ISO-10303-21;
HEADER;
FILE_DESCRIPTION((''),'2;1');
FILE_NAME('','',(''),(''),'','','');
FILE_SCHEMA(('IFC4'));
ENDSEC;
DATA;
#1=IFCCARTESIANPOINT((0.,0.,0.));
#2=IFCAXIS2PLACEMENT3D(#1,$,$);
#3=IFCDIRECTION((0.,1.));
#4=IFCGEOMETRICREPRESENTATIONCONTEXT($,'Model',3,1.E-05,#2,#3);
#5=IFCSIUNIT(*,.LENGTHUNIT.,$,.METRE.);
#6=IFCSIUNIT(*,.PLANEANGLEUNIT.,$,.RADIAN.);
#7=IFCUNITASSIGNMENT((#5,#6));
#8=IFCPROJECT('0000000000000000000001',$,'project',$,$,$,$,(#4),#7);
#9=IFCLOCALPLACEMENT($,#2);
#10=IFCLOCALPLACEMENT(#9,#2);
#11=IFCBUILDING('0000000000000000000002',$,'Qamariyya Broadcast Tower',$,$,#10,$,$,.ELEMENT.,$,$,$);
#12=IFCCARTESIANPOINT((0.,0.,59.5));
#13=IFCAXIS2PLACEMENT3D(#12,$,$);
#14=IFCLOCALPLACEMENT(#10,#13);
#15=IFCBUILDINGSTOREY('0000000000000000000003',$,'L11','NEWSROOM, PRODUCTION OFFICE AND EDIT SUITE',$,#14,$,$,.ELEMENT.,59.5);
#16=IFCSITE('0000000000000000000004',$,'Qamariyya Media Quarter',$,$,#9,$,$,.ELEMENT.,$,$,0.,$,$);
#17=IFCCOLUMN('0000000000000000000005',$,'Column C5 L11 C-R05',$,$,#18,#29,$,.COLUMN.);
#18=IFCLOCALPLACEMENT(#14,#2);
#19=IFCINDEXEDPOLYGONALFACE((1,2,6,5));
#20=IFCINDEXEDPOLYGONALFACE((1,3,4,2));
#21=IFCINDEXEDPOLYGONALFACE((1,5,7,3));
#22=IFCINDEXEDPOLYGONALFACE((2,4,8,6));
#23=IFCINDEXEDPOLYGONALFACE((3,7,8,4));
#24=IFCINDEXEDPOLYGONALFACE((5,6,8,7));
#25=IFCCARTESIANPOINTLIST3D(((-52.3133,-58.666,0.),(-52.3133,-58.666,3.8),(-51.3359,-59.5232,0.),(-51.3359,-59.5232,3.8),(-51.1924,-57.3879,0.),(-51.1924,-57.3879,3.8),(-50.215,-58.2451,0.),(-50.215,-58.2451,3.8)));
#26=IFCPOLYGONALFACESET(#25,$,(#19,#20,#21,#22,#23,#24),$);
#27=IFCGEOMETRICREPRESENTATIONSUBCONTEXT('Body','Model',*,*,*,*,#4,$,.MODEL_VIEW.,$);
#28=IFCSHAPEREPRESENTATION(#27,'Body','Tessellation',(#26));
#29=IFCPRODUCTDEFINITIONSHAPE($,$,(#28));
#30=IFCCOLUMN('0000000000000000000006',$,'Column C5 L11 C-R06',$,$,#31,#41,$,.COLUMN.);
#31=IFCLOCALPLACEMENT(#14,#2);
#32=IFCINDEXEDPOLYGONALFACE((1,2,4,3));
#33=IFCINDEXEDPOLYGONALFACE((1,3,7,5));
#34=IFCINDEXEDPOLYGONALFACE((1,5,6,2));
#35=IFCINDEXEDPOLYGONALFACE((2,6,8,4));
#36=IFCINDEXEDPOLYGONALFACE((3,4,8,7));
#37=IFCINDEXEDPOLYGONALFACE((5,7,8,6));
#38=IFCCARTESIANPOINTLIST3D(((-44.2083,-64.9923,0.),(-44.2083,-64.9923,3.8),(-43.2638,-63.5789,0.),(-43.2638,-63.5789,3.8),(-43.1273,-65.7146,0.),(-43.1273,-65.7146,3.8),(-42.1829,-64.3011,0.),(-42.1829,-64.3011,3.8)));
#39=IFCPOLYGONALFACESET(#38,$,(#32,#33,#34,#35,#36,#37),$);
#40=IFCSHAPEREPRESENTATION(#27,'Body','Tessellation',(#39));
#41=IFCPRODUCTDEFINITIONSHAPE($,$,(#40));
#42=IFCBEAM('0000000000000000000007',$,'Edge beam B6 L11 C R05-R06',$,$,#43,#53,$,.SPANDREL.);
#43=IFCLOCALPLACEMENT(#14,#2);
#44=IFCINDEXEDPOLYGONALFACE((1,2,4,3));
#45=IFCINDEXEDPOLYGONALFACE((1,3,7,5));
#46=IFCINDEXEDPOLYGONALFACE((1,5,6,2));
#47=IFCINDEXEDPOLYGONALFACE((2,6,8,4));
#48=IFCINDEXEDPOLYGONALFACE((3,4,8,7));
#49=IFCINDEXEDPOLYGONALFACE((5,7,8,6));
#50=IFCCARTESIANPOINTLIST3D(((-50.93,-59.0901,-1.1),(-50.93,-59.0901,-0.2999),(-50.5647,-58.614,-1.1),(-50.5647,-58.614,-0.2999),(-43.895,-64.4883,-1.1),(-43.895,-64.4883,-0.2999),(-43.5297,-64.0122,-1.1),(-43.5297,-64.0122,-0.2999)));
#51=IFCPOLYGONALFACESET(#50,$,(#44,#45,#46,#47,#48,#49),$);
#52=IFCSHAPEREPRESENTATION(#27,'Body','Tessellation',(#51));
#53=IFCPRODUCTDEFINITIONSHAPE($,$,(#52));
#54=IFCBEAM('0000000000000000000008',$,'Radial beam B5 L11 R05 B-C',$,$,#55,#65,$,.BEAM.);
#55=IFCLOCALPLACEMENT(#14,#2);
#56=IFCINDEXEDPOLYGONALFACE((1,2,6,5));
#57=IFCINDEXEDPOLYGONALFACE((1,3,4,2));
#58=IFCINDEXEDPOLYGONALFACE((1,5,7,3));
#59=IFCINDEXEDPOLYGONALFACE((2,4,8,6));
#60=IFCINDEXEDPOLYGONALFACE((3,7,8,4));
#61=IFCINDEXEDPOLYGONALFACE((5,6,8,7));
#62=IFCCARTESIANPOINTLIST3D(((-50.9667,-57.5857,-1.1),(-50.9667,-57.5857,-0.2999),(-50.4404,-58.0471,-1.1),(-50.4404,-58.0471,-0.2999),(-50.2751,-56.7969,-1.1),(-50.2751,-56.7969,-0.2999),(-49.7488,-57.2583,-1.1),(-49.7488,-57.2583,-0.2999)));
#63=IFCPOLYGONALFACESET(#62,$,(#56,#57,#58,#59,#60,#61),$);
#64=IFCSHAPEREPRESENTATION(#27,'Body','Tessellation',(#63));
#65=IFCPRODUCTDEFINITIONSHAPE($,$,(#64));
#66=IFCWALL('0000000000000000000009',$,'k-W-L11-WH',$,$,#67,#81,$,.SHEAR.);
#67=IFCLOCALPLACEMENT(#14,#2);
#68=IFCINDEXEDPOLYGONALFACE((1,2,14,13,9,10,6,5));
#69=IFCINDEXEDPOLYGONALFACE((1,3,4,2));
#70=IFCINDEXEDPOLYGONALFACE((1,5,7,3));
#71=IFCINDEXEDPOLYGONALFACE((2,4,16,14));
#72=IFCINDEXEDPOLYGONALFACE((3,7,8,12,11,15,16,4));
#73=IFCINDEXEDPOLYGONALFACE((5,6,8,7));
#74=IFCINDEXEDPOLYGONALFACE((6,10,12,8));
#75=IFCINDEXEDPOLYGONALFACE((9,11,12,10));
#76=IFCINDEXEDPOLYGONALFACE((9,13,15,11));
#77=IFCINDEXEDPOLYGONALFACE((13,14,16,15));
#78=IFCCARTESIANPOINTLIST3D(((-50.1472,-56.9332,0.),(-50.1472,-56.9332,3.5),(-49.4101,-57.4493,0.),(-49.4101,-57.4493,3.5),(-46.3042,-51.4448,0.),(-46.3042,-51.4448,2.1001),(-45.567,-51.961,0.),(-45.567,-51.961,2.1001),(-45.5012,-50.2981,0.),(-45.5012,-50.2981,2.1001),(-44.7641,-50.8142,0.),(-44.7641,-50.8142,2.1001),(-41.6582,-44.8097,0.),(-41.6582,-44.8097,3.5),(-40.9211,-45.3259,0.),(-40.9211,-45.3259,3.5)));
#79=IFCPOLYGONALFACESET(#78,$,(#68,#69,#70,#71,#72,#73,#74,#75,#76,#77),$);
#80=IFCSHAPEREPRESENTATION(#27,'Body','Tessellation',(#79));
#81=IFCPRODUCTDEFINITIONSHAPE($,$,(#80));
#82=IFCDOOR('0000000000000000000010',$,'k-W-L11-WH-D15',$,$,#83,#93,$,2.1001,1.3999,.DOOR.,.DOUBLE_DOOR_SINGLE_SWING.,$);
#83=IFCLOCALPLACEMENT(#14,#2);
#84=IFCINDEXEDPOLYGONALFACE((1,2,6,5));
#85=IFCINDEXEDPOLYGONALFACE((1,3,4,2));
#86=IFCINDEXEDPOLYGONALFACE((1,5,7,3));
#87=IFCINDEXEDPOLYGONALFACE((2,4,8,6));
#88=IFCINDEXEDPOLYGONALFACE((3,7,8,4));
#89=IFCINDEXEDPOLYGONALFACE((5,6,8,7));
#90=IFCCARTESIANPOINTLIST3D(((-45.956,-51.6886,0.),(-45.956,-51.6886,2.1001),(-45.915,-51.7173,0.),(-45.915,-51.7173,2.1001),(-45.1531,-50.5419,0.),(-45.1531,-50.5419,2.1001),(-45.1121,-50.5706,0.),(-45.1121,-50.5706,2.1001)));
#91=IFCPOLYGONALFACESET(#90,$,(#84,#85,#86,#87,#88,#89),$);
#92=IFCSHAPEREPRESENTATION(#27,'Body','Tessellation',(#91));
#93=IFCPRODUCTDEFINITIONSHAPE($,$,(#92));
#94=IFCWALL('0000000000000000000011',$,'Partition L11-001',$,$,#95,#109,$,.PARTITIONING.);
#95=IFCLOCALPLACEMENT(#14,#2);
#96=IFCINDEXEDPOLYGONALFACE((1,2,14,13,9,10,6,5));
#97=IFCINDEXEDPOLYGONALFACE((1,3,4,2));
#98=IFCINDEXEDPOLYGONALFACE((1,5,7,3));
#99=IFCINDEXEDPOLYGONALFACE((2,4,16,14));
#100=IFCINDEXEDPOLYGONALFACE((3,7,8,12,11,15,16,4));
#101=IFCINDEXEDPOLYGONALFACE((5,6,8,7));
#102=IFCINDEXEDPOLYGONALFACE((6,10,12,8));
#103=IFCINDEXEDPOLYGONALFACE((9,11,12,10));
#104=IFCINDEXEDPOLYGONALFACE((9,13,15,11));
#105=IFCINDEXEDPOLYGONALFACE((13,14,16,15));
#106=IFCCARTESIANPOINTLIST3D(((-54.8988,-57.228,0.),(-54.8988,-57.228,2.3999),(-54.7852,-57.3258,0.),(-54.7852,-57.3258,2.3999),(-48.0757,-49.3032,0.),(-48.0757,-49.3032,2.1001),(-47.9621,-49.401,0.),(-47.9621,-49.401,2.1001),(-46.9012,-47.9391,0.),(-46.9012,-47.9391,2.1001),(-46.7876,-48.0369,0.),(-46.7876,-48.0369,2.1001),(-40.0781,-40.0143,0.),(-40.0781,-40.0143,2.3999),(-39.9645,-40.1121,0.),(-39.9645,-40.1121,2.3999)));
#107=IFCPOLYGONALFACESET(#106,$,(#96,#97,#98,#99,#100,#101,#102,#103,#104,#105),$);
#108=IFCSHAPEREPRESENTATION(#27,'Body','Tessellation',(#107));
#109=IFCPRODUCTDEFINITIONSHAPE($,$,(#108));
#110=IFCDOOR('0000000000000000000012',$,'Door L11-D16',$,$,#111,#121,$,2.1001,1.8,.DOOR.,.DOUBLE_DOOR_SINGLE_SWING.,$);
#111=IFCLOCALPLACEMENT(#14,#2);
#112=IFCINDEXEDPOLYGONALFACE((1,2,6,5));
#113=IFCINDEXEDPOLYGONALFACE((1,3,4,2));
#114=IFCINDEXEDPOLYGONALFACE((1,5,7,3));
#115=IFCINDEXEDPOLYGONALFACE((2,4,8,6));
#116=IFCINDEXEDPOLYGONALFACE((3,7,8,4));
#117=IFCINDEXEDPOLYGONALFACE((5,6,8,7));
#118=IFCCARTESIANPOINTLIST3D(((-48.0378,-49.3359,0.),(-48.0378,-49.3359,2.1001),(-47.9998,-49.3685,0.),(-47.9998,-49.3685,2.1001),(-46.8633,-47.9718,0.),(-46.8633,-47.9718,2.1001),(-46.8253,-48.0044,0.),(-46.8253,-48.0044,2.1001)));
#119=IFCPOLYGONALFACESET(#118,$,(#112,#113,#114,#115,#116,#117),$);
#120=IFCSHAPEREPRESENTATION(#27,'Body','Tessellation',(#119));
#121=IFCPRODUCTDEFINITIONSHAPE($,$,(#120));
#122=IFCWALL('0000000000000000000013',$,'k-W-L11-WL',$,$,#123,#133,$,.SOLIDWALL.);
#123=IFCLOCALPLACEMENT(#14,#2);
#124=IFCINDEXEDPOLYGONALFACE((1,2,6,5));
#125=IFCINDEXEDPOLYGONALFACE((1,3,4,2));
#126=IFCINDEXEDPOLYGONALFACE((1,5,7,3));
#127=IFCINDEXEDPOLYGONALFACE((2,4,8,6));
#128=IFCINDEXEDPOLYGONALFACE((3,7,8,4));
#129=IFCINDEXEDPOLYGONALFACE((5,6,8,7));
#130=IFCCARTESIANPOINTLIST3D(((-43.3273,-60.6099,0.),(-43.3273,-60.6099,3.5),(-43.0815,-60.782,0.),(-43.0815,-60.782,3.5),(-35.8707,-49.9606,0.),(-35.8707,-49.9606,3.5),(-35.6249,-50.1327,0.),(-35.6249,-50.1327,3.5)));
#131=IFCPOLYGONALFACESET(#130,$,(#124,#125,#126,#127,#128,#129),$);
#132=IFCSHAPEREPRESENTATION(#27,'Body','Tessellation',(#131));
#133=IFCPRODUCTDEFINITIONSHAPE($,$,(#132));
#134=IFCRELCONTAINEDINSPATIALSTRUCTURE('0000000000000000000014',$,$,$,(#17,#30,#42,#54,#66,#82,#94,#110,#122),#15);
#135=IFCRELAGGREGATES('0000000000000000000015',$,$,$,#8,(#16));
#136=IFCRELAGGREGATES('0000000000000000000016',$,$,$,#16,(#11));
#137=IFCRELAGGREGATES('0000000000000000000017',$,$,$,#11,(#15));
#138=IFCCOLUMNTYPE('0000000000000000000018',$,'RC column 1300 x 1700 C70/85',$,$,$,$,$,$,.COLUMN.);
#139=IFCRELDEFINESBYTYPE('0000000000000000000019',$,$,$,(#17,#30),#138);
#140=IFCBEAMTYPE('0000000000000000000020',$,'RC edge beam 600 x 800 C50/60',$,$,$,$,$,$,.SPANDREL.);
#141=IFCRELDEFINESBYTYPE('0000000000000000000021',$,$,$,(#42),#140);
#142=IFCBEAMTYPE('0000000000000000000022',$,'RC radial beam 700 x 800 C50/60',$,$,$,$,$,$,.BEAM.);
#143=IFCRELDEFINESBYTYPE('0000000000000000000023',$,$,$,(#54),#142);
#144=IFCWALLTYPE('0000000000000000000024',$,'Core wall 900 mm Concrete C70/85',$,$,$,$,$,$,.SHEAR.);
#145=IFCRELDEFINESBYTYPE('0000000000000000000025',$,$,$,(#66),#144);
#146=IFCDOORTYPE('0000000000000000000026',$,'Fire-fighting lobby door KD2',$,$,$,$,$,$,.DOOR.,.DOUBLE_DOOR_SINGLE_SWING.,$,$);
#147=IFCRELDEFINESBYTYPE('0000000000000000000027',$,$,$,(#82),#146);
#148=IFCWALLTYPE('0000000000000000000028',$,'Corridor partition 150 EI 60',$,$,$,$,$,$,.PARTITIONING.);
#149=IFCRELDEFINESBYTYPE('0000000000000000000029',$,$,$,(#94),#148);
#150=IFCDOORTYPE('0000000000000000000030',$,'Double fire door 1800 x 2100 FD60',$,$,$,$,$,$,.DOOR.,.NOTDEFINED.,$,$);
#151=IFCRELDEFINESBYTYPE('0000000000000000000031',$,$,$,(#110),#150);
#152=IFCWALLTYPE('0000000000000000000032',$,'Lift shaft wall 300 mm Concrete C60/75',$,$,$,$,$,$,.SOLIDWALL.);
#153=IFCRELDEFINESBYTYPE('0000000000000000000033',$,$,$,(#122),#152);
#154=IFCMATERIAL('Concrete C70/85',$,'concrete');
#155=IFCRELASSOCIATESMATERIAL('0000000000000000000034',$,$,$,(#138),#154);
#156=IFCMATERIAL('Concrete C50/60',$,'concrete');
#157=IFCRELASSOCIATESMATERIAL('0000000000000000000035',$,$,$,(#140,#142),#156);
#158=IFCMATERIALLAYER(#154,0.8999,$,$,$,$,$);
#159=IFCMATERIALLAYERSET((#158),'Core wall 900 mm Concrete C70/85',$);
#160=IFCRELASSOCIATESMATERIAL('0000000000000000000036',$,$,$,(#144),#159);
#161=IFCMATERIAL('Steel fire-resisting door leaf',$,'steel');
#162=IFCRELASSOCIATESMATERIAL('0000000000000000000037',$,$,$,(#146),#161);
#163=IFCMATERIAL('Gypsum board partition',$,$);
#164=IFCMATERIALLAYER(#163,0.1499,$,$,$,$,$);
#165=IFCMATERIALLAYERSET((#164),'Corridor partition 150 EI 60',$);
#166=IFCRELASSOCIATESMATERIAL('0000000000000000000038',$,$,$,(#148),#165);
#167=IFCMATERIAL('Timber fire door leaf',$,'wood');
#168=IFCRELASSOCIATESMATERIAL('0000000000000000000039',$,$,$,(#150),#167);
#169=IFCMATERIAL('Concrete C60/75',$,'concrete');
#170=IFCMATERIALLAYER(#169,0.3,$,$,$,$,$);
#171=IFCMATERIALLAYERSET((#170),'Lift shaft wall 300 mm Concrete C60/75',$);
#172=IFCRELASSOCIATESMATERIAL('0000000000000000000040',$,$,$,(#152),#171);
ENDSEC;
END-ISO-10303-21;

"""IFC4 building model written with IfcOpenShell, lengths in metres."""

from ifc_helpers import new_model, si_unit, direction, frame, frame_2d, origin, origin_2d, place, context, subcontext, project, spatial, rectangle, extrude, material, layer, layer_set, material_profile, profile_set, type_object, element, fill, save


model = new_model("IFC4")

# Units and contexts
model_context = context("Model", 3, precision=1e-05, world=origin(), true_north=direction((0.0, 1.0)))
body_context = subcontext(model_context, "Body", "Model", "MODEL_VIEW")
ifc_project = project(units=[si_unit("LENGTHUNIT", "METRE"), si_unit("PLANEANGLEUNIT", "RADIAN")], contexts=[model_context])

# Site, building, storey
site_placement = place(None, origin())
site = spatial("IfcSite", under=ifc_project, at=site_placement, Name="Qamariyya Media Quarter", CompositionType="ELEMENT", RefElevation=0.0)
building_placement = place(site_placement, origin())
building = spatial("IfcBuilding", under=site, at=building_placement, Name="Qamariyya Broadcast Tower", CompositionType="ELEMENT")
storey_placement = place(building_placement, frame((0.0, 0.0, 59.5)))
storey = spatial("IfcBuildingStorey", under=building, at=storey_placement, Name="L11", Description="NEWSROOM, PRODUCTION OFFICE AND EDIT SUITE", CompositionType="ELEMENT", Elevation=59.5)

# Columns
ifc_material_1 = material(Name="Concrete C70/85", Category="concrete")
ifc_material_profile_1 = material_profile(ifc_material_1, rectangle(XDim=1.3, YDim=1.7, at=origin_2d()))
ifc_profile_set_1 = profile_set([ifc_material_profile_1], Name="Concrete C70/85")
column_type = type_object("IfcColumnType", Name="RC column 1300 x 1700 C70/85", PredefinedType="COLUMN", material=ifc_profile_set_1)
for number, where, z_axis, x_axis, name in (
    (1, (-51.2642, -58.4556, 0.0), (0.0, 0.0, 1.0), (0.75184, -0.659346, 0.0), "Column C5 L11 C-R05"),
    (2, (-43.1956, -64.6467, 0.0), (0.0, 0.0, 1.0), (0.83147, -0.55557, 0.0), "Column C5 L11 C-R06"),
):
    element("IfcColumn", number, at=place(storey_placement, frame(where, z_axis=z_axis, x_axis=x_axis)), inside=storey, type_object=column_type, Name=name, PredefinedType="COLUMN", context=body_context, shape_type="SweptSolid", body=[
        extrude(rectangle(XDim=1.3, YDim=1.7, at=origin_2d()), origin(), (0.0, 0.0, 1.0), 3.8),
    ])

# Beams
ifc_material_2 = material(Name="Concrete C50/60", Category="concrete")
ifc_material_profile_2 = material_profile(ifc_material_2, rectangle(XDim=0.6001, YDim=0.8, at=origin_2d()))
ifc_profile_set_2 = profile_set([ifc_material_profile_2], Name="Concrete C50/60")
beam_type_1 = type_object("IfcBeamType", Name="RC edge beam 600 x 800 C50/60", PredefinedType="SPANDREL", material=ifc_profile_set_2)
beam_1_placement = place(storey_placement, frame((-50.7473, -58.8521, -0.7), z_axis=(0.793347, -0.60877, 0.0), x_axis=(0.60877, 0.793347, 0.0)))
element("IfcBeam", 3, at=beam_1_placement, inside=storey, type_object=beam_type_1, Name="Edge beam B6 L11 C R05-R06", PredefinedType="SPANDREL", context=body_context, shape_type="SweptSolid", body=[
    extrude(rectangle(XDim=0.6001, YDim=0.8, at=origin_2d()), origin(), (0.0, 0.0, 1.0), 8.8674),
])
ifc_material_profile_3 = material_profile(ifc_material_2, rectangle(XDim=0.7, YDim=0.8, at=origin_2d()))
ifc_profile_set_3 = profile_set([ifc_material_profile_3], Name="Concrete C50/60")
beam_type_2 = type_object("IfcBeamType", Name="RC radial beam 700 x 800 C50/60", PredefinedType="BEAM", material=ifc_profile_set_3)
beam_2_placement = place(storey_placement, frame((-50.012, -57.0276, -0.7), z_axis=(-0.659279, -0.751899, 0.0), x_axis=(0.751899, -0.659279, 0.0)))
element("IfcBeam", 4, at=beam_2_placement, inside=storey, type_object=beam_type_2, Name="Radial beam B5 L11 R05 B-C", PredefinedType="BEAM", context=body_context, shape_type="SweptSolid", body=[
    extrude(rectangle(XDim=0.7, YDim=0.8, at=origin_2d()), origin(), (0.0, 0.0, 1.0), 1.0491),
])

# Walls, openings, doors
ifc_layer_1 = layer(ifc_material_1, 0.8999)
ifc_layer_set_1 = layer_set([ifc_layer_1], Name="Core wall 900 mm Concrete C70/85")
wall_type_1 = type_object("IfcWallType", Name="Core wall 900 mm Concrete C70/85", PredefinedType="SHEAR", material=ifc_layer_set_1)
wall_1_placement = place(storey_placement, frame((-49.7786, -57.1912, 0.0), z_axis=(0.0, 0.0, 1.0), x_axis=(0.573577, 0.819151, 0.0)))
wall_1 = element("IfcWall", 5, at=wall_1_placement, inside=storey, type_object=wall_type_1, Name="k-W-L11-WH", PredefinedType="SHEAR", context=body_context, shape_type="SweptSolid", body=[
    extrude(rectangle(XDim=14.8, YDim=0.8999, at=frame_2d((7.3999, 0.0))), origin(), (0.0, 0.0, 1.0), 3.5),
])
opening_1_placement = place(wall_1_placement, frame((6.7, 0.0, 0.0)))
opening_1 = element("IfcOpeningElement", 6, at=opening_1_placement, cuts=wall_1, PredefinedType="OPENING", context=body_context, shape_type="SweptSolid", body=[
    extrude(rectangle(XDim=1.3999, YDim=2.1001, at=frame_2d((0.7, 1.05))), frame((0.0, 0.46, 0.0), z_axis=(0.0, -1.0, 0.0), x_axis=(1.0, 0.0, 0.0)), (0.0, 0.0, 1.0), 0.9199),
])
ifc_material_3 = material(Name="Steel fire-resisting door leaf", Category="steel")
door_type_1 = type_object("IfcDoorType", Name="Fire-fighting lobby door KD2", OperationType="DOUBLE_DOOR_SINGLE_SWING", PredefinedType="DOOR", material=ifc_material_3)
door_1_placement = place(opening_1_placement, origin())
door_1 = element("IfcDoor", 7, at=door_1_placement, inside=storey, type_object=door_type_1, Name="k-W-L11-WH-D15", OperationType="DOUBLE_DOOR_SINGLE_SWING", OverallHeight=2.1001, OverallWidth=1.3999, PredefinedType="DOOR", context=body_context, shape_type="SweptSolid", body=[
    extrude(rectangle(XDim=1.3999, YDim=2.1001, at=frame_2d((0.7, 1.05))), frame((0.0, 0.0249, 0.0), z_axis=(0.0, -1.0, 0.0), x_axis=(1.0, 0.0, 0.0)), (0.0, 0.0, 1.0), 0.05),
])
fill(opening_1, door_1)
ifc_material_4 = material(Name="Gypsum board partition")
ifc_layer_2 = layer(ifc_material_4, 0.1499)
ifc_layer_set_2 = layer_set([ifc_layer_2], Name="Corridor partition 150 EI 60")
wall_type_2 = type_object("IfcWallType", Name="Corridor partition 150 EI 60", PredefinedType="PARTITIONING", material=ifc_layer_set_2)
wall_2_placement = place(storey_placement, frame((-54.842, -57.2769, 0.0), z_axis=(0.0, 0.0, 1.0), x_axis=(0.652472, 0.757813, 0.0)))
wall_2 = element("IfcWall", 8, at=wall_2_placement, inside=storey, type_object=wall_type_2, Name="Partition L11-001", PredefinedType="PARTITIONING", context=body_context, shape_type="SweptSolid", body=[
    extrude(rectangle(XDim=22.7148, YDim=0.1499, at=frame_2d((11.3574, 0.0))), origin(), (0.0, 0.0, 1.0), 2.3999),
])
opening_2_placement = place(wall_2_placement, frame((10.4575, 0.0, 0.0)))
opening_2 = element("IfcOpeningElement", 9, at=opening_2_placement, cuts=wall_2, PredefinedType="OPENING", context=body_context, shape_type="SweptSolid", body=[
    extrude(rectangle(XDim=1.8, YDim=2.1001, at=frame_2d((0.8999, 1.05))), frame((0.0, 0.085, 0.0), z_axis=(0.0, -1.0, 0.0), x_axis=(1.0, 0.0, 0.0)), (0.0, 0.0, 1.0), 0.1699),
])
ifc_material_5 = material(Name="Timber fire door leaf", Category="wood")
door_type_2 = type_object("IfcDoorType", Name="Double fire door 1800 x 2100 FD60", OperationType="NOTDEFINED", PredefinedType="DOOR", material=ifc_material_5)
door_2_placement = place(opening_2_placement, origin())
door_2 = element("IfcDoor", 10, at=door_2_placement, inside=storey, type_object=door_type_2, Name="Door L11-D16", OperationType="DOUBLE_DOOR_SINGLE_SWING", OverallHeight=2.1001, OverallWidth=1.8, PredefinedType="DOOR", context=body_context, shape_type="SweptSolid", body=[
    extrude(rectangle(XDim=1.8, YDim=2.1001, at=frame_2d((0.8999, 1.05))), frame((0.0, 0.0249, 0.0), z_axis=(0.0, -1.0, 0.0), x_axis=(1.0, 0.0, 0.0)), (0.0, 0.0, 1.0), 0.05),
])
fill(opening_2, door_2)

# Wall
ifc_material_6 = material(Name="Concrete C60/75", Category="concrete")
ifc_layer_3 = layer(ifc_material_6, 0.3)
ifc_layer_set_3 = layer_set([ifc_layer_3], Name="Lift shaft wall 300 mm Concrete C60/75")
wall_type_3 = type_object("IfcWallType", Name="Lift shaft wall 300 mm Concrete C60/75", PredefinedType="SOLIDWALL", material=ifc_layer_set_3)
wall_3_placement = place(storey_placement, frame((-43.2043, -60.6958, 0.0), z_axis=(0.0, 0.0, 1.0), x_axis=(0.573572, 0.819155, 0.0)))
element("IfcWall", 11, at=wall_3_placement, inside=storey, type_object=wall_type_3, Name="k-W-L11-WL", PredefinedType="SOLIDWALL", context=body_context, shape_type="SweptSolid", body=[
    extrude(rectangle(XDim=13.0002, YDim=0.3, at=frame_2d((6.5, 0.0))), origin(), (0.0, 0.0, 1.0), 3.5),
])

save(model, "model.ifc")
